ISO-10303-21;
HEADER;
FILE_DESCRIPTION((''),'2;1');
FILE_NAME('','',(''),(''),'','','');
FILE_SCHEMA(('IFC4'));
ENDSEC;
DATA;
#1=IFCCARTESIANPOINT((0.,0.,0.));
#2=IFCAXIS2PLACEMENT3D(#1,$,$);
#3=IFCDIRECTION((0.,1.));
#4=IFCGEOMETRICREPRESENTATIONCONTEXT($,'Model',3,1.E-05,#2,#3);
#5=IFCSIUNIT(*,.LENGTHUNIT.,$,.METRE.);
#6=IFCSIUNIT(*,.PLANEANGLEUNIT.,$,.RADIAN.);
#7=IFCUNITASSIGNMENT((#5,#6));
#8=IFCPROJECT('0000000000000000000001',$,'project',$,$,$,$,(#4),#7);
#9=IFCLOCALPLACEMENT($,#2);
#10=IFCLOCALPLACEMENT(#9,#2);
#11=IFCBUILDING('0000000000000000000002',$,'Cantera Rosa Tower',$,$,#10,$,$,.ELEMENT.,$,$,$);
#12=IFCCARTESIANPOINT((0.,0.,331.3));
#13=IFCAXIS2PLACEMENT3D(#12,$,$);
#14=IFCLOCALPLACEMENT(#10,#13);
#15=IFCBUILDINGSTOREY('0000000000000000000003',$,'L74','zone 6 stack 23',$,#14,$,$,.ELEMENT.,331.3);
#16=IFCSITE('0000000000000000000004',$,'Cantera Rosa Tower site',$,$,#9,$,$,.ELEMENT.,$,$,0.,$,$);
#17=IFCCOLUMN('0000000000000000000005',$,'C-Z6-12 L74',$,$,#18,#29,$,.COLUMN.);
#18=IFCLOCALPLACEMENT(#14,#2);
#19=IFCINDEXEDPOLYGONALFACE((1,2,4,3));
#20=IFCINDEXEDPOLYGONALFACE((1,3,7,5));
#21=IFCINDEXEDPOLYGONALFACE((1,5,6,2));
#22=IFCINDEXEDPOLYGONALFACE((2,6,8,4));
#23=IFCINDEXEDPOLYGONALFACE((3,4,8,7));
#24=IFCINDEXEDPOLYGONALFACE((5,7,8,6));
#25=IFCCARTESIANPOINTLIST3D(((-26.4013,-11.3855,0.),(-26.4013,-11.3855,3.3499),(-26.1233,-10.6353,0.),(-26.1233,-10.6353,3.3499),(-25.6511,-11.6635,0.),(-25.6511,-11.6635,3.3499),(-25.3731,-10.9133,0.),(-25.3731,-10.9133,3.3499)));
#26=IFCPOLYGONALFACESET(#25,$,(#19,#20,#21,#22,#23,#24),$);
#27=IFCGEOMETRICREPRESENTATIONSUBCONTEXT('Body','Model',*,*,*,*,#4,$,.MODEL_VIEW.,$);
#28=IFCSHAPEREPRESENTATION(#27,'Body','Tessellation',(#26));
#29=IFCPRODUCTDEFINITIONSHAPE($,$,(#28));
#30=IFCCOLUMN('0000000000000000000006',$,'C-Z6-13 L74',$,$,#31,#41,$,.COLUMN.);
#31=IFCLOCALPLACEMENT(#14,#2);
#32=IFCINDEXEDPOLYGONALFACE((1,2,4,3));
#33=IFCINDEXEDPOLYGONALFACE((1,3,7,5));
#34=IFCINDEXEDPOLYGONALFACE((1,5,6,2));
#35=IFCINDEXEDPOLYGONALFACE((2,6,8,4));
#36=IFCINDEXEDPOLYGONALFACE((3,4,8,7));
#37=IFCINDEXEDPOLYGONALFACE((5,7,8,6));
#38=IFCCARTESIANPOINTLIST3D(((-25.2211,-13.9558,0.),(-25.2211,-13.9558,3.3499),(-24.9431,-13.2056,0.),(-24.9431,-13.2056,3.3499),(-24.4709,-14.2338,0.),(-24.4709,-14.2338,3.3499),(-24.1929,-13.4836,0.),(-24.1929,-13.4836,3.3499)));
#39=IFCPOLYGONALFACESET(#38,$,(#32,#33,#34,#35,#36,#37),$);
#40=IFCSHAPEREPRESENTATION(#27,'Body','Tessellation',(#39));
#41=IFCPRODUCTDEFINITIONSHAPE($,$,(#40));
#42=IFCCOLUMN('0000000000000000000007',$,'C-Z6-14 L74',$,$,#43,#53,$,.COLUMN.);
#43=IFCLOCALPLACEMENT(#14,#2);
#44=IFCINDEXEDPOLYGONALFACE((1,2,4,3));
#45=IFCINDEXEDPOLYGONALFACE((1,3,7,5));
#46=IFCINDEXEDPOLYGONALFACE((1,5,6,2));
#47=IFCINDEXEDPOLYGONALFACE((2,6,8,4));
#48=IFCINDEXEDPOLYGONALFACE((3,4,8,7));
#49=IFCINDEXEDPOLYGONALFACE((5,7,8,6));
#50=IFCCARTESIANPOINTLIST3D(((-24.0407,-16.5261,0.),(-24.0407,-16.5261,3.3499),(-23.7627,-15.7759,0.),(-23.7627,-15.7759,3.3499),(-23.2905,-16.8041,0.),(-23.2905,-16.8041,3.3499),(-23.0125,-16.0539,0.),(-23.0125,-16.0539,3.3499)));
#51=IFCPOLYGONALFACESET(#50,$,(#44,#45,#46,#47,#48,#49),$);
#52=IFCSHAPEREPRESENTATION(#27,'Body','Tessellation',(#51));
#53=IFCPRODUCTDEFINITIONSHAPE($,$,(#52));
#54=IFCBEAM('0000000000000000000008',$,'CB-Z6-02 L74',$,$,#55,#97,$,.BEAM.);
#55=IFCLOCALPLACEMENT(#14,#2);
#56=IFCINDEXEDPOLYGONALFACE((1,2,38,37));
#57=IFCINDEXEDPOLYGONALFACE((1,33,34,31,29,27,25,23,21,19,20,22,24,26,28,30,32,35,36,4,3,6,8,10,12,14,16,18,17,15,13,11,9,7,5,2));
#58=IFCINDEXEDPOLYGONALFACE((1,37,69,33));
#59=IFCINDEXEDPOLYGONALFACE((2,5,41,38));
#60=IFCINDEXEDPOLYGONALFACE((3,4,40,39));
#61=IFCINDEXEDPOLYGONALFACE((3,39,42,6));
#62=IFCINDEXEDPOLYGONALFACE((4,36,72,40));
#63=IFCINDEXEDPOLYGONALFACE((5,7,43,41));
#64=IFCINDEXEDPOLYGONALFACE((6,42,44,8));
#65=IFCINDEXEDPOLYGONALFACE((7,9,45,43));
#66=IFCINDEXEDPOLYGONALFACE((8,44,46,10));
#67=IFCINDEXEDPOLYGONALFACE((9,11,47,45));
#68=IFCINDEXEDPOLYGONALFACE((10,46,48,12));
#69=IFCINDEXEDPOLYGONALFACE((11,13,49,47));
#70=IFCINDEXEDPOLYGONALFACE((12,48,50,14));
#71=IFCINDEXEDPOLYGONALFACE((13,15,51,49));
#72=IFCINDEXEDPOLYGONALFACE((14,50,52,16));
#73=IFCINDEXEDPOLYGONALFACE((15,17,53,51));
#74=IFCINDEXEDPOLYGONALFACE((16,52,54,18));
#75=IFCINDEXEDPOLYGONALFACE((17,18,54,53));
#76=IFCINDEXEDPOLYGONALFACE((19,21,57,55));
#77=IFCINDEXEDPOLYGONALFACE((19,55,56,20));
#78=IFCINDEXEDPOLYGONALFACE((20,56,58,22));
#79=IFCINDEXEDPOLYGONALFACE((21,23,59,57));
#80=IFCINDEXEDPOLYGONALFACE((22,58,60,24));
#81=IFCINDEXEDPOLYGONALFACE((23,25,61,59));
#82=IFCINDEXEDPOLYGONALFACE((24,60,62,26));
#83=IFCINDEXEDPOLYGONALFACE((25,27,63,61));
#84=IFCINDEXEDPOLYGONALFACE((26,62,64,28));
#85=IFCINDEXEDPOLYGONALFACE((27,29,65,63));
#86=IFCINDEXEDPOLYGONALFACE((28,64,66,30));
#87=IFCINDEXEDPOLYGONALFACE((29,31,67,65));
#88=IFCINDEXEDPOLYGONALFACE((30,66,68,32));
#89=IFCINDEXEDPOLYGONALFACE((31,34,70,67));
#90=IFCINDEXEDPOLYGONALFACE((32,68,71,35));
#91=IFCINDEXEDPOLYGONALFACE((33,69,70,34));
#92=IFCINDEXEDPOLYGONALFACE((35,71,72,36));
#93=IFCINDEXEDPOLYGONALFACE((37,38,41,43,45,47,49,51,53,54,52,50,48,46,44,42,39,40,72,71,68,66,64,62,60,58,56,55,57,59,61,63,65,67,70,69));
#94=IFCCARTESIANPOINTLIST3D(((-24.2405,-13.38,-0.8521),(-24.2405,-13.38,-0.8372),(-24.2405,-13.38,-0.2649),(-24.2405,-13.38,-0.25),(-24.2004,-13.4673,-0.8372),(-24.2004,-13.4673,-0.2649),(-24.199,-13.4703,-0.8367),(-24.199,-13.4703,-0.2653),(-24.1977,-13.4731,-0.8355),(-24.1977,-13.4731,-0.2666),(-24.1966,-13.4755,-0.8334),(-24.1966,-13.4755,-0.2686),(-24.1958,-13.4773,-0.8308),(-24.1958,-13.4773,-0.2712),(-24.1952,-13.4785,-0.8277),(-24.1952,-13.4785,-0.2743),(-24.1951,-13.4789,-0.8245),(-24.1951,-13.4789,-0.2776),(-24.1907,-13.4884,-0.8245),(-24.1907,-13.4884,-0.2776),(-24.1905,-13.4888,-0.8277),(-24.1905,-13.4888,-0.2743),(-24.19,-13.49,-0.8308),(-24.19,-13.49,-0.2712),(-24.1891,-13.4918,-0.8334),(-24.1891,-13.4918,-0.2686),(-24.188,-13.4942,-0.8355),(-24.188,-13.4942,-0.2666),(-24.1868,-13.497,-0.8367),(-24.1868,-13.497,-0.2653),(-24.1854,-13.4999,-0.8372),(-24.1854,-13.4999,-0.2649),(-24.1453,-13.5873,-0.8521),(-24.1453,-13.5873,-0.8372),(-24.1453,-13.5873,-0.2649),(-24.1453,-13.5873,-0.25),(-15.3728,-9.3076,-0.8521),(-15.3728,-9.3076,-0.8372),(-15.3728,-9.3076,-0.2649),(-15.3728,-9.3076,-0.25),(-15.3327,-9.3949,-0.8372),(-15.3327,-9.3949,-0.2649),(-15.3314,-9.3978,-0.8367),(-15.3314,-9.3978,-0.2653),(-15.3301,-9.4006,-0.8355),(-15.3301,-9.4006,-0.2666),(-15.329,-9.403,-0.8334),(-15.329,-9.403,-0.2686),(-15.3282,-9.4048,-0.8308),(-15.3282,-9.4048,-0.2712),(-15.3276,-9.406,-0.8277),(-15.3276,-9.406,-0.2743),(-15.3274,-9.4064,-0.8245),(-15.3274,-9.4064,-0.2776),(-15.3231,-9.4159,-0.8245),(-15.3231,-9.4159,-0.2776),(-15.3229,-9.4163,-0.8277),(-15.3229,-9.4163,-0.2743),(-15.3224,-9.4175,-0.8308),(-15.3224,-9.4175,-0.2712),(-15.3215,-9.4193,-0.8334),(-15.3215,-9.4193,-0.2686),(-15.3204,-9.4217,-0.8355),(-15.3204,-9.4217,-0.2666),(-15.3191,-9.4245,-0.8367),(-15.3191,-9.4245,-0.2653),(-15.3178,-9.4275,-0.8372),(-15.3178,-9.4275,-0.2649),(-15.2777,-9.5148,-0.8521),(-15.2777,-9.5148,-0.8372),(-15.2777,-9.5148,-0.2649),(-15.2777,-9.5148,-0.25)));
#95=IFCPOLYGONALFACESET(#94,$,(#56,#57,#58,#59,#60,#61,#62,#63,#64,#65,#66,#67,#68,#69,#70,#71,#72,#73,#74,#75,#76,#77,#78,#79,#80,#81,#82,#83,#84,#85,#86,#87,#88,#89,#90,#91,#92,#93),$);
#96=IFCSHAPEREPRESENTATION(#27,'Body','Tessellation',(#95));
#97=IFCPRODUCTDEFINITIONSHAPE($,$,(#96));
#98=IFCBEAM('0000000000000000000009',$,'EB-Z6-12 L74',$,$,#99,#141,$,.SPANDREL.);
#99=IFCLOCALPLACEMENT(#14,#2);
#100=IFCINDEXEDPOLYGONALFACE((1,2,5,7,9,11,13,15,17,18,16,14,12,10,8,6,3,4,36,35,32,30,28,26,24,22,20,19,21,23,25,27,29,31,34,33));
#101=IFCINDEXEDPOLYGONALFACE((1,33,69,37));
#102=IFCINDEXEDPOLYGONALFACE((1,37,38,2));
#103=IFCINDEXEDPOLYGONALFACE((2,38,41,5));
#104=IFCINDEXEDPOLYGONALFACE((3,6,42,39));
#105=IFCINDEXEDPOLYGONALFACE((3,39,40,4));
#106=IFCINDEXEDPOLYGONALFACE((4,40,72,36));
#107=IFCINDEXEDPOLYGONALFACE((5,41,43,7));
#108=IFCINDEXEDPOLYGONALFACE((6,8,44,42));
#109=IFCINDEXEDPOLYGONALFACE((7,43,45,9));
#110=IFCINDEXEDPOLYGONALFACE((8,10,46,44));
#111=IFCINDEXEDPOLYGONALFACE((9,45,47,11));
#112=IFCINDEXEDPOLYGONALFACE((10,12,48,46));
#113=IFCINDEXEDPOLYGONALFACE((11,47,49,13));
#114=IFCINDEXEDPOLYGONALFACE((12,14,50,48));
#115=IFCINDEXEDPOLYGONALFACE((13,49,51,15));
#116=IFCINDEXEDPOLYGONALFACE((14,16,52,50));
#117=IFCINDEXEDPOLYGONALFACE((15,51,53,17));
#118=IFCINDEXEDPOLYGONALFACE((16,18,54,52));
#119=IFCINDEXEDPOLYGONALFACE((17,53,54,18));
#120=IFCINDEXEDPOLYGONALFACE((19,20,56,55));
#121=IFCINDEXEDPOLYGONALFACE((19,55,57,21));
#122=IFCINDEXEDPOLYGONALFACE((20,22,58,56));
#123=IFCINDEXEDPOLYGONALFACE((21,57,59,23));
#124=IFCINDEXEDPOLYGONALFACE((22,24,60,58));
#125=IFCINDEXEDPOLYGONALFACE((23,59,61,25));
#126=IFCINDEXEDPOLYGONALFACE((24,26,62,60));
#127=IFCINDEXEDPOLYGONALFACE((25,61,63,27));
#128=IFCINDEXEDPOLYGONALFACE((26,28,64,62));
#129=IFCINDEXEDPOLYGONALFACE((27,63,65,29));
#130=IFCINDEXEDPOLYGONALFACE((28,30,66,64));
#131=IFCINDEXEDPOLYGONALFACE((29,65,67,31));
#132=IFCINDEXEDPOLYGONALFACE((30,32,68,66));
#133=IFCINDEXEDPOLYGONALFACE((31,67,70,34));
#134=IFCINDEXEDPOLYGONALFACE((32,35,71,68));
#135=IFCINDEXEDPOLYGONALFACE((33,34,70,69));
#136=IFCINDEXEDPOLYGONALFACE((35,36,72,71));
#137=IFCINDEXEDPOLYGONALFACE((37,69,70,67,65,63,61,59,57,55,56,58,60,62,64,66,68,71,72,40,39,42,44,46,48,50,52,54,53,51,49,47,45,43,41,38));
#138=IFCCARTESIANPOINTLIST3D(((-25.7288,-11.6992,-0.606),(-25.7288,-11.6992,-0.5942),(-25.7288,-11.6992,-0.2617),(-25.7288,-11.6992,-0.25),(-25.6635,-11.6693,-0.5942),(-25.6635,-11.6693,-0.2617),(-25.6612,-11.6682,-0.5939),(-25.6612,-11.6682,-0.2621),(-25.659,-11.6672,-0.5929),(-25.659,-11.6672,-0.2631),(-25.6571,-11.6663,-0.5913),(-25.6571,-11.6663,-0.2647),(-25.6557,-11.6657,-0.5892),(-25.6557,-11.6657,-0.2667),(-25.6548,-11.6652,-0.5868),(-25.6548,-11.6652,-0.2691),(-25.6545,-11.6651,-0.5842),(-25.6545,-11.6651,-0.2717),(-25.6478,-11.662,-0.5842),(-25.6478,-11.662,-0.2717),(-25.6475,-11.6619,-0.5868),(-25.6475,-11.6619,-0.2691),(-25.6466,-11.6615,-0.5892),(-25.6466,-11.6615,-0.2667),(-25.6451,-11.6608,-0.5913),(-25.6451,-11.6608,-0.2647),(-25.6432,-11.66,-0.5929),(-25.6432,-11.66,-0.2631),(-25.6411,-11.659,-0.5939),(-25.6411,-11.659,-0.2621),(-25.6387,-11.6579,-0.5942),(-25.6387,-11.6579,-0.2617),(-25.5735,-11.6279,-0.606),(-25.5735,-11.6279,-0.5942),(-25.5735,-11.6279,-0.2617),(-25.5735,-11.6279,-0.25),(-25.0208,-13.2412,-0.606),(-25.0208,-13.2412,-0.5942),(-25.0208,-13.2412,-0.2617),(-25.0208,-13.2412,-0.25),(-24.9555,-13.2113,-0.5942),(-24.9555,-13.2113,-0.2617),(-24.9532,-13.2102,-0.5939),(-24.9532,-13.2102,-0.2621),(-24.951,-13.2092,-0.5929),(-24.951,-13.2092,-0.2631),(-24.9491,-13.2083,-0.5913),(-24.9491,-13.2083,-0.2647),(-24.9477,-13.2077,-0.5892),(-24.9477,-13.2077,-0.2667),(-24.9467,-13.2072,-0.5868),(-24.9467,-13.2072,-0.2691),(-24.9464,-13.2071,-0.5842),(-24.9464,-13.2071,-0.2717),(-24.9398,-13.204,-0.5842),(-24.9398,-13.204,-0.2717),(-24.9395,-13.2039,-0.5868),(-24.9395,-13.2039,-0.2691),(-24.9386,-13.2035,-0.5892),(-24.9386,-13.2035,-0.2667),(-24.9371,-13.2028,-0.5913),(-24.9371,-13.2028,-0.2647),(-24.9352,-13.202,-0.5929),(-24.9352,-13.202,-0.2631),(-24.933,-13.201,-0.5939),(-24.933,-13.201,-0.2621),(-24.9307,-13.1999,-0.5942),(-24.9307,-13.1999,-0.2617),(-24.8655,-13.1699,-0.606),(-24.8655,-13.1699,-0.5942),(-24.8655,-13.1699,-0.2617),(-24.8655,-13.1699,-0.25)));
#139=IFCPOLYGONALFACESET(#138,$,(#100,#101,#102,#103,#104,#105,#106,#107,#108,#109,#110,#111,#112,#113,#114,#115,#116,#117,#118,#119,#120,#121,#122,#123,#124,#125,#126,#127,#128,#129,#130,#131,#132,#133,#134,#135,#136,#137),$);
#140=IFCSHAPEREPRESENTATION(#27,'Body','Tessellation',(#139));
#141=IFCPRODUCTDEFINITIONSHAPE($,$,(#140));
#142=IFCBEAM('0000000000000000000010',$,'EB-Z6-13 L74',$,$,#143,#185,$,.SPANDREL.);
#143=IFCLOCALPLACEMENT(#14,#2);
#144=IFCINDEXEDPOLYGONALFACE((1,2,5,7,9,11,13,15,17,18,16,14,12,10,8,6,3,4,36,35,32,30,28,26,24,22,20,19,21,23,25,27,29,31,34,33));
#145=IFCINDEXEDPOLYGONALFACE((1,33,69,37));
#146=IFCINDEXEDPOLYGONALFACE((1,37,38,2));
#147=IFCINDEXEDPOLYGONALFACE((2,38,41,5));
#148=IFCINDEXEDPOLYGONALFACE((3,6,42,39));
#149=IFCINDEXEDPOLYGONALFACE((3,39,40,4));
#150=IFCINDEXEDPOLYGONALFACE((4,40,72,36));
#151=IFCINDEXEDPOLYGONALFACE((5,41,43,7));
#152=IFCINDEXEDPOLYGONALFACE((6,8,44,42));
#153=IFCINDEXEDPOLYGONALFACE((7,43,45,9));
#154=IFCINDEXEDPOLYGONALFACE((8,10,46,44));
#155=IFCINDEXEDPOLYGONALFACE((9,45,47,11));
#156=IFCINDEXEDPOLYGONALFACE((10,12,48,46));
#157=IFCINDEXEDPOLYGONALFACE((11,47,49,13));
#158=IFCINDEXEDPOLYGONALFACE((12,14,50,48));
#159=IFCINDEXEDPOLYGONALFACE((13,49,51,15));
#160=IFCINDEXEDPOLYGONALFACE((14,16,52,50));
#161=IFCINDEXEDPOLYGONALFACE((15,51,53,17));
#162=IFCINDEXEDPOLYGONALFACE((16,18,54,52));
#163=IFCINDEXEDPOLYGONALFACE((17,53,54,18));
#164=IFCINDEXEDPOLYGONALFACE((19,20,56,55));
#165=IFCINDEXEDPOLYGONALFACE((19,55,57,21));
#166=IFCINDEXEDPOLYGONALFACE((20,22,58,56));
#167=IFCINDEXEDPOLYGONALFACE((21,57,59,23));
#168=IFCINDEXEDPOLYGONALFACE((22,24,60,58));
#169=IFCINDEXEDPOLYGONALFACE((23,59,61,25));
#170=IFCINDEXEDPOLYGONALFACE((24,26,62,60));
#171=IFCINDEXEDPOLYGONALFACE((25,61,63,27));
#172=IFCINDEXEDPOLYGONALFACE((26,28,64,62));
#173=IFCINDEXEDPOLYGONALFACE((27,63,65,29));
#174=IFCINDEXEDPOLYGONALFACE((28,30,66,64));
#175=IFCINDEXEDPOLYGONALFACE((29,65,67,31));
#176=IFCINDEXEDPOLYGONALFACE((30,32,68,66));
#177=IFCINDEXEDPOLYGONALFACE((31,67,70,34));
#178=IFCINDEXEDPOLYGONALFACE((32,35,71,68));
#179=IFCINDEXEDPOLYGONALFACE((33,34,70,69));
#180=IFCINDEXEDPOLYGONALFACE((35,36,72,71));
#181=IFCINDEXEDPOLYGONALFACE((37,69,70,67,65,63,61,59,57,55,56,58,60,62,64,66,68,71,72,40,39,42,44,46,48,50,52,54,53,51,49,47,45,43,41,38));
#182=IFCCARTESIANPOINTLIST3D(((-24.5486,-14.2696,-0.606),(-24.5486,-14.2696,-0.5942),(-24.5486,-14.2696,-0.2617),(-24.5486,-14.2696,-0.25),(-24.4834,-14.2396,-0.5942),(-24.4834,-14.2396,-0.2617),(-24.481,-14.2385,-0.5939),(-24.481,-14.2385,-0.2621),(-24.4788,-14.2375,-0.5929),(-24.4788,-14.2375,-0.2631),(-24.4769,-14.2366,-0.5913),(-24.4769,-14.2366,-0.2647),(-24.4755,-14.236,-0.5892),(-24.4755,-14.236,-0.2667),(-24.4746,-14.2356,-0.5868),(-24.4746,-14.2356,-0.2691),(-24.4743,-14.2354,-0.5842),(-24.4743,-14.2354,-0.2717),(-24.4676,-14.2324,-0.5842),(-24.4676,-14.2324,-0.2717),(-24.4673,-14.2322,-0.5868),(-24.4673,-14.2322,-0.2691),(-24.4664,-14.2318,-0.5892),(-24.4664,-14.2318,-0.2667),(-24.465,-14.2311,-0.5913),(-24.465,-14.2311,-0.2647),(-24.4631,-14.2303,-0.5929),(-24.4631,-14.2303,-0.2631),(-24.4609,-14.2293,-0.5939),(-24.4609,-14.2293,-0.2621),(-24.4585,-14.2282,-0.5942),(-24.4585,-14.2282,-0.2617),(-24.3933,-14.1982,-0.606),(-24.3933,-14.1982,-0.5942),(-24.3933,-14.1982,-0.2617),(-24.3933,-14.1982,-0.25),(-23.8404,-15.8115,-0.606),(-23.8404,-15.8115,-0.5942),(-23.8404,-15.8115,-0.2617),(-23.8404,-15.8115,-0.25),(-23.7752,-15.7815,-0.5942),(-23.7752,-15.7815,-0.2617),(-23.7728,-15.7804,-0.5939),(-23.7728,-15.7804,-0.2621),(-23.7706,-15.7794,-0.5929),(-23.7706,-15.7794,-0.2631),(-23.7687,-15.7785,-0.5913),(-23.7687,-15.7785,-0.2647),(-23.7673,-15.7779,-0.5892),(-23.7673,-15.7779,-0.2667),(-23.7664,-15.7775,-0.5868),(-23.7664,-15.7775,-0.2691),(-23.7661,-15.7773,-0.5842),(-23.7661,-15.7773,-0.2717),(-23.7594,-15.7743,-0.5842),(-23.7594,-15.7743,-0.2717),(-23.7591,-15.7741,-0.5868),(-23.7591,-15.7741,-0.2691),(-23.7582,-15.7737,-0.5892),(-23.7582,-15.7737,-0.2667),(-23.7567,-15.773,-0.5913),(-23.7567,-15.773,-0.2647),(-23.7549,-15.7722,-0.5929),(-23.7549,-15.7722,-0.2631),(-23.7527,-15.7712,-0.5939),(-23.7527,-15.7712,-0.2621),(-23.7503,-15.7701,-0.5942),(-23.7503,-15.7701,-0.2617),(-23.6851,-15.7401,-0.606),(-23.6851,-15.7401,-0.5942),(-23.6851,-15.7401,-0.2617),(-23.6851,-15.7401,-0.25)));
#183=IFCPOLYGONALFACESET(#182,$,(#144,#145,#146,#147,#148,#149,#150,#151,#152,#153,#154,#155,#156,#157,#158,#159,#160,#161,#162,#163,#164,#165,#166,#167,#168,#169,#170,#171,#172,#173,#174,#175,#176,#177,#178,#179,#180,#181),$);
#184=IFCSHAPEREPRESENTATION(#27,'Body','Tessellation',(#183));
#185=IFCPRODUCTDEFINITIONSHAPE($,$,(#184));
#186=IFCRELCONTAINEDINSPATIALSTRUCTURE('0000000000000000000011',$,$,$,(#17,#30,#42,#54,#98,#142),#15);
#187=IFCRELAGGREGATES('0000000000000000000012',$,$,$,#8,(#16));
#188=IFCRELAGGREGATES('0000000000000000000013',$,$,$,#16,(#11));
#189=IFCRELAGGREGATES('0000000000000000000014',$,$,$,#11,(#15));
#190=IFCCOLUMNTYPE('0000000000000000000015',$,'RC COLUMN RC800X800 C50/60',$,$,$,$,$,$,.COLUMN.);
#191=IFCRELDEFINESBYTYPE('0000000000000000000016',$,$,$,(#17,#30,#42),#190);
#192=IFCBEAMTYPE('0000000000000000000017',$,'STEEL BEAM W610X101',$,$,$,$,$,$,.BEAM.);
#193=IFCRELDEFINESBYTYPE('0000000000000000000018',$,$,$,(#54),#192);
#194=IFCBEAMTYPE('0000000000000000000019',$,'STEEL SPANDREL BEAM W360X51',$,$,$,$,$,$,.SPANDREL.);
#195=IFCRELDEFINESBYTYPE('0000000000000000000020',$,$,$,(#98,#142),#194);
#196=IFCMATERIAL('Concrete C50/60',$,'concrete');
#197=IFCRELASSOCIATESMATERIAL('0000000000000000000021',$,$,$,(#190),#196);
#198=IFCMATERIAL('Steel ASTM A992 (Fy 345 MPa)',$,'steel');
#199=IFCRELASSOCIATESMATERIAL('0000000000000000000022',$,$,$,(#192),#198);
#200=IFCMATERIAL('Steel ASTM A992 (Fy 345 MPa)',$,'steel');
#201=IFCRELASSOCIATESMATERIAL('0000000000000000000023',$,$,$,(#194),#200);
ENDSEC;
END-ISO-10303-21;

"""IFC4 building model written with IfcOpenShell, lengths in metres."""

from ifc_helpers import new_model, si_unit, direction, frame, origin, origin_2d, place, context, subcontext, project, spatial, rectangle, i_section, extrude, material, material_profile, profile_set, type_object, element, save


model = new_model("IFC4")

# Units and contexts
model_context = context("Model", 3, precision=1e-05, world=origin(), true_north=direction((0.0, 1.0)))
body_context = subcontext(model_context, "Body", "Model", "MODEL_VIEW")
ifc_project = project(units=[si_unit("LENGTHUNIT", "METRE"), si_unit("PLANEANGLEUNIT", "RADIAN")], contexts=[model_context])

# Site, building, storey
site_placement = place(None, origin())
site = spatial("IfcSite", under=ifc_project, at=site_placement, Name="Cantera Rosa Tower site", CompositionType="ELEMENT", RefElevation=0.0)
building_placement = place(site_placement, origin())
building = spatial("IfcBuilding", under=site, at=building_placement, Name="Cantera Rosa Tower", CompositionType="ELEMENT")
storey_placement = place(building_placement, frame((0.0, 0.0, 331.3)))
storey = spatial("IfcBuildingStorey", under=building, at=storey_placement, Name="L74", Description="zone 6 stack 23", CompositionType="ELEMENT", Elevation=331.3)

# Columns
ifc_material_1 = material(Name="Concrete C50/60", Category="concrete")
ifc_material_profile_1 = material_profile(ifc_material_1, rectangle(XDim=0.8, YDim=0.8, at=origin_2d()), Name="RC COLUMN RC800X800 C50/60")
ifc_profile_set_1 = profile_set([ifc_material_profile_1], Name="Concrete C50/60")
column_type = type_object("IfcColumnType", Name="RC COLUMN RC800X800 C50/60", PredefinedType="COLUMN", material=ifc_profile_set_1)
for number, where, z_axis, x_axis, name in (
    (1, (-25.8872, -11.1494, 0.0), (0.0, 0.0, 1.0), (0.347481, 0.937687, 0.0), "C-Z6-12 L74"),
    (2, (-24.707, -13.7197, 0.0), (0.0, 0.0, 1.0), (0.347481, 0.937687, 0.0), "C-Z6-13 L74"),
    (3, (-23.5266, -16.29, 0.0), (0.0, 0.0, 1.0), (0.347481, 0.937687, 0.0), "C-Z6-14 L74"),
):
    element("IfcColumn", number, at=place(storey_placement, frame(where, z_axis=z_axis, x_axis=x_axis)), inside=storey, type_object=column_type, Name=name, PredefinedType="COLUMN", context=body_context, shape_type="SweptSolid", body=[
        extrude(rectangle(XDim=0.8, YDim=0.8, at=origin_2d()), origin(), (0.0, 0.0, 1.0), 3.3499),
    ])

# Beams
ifc_material_2 = material(Name="Steel ASTM A992 (Fy 345 MPa)", Category="steel")
ifc_material_profile_2 = material_profile(ifc_material_2, i_section(OverallWidth=0.228, OverallDepth=0.6021, WebThickness=0.0105, FlangeThickness=0.0149, FilletRadius=0.0127, at=origin_2d()), Name="W610X101")
ifc_profile_set_2 = profile_set([ifc_material_profile_2], Name="Steel ASTM A992 (Fy 345 MPa)")
beam_type_1 = type_object("IfcBeamType", Name="STEEL BEAM W610X101", PredefinedType="BEAM", material=ifc_profile_set_2)
beam_1_placement = place(storey_placement, frame((-24.1929, -13.4836, -0.551), z_axis=(0.908748, 0.417346, 0.0), x_axis=(-0.417346, 0.908748, 0.0)))
element("IfcBeam", 4, at=beam_1_placement, inside=storey, type_object=beam_type_1, Name="CB-Z6-02 L74", PredefinedType="BEAM", context=body_context, shape_type="SweptSolid", body=[
    extrude(i_section(OverallWidth=0.228, OverallDepth=0.6021, WebThickness=0.0105, FlangeThickness=0.0149, FilletRadius=0.0127, at=origin_2d()), origin(), (0.0, 0.0, 1.0), 9.7581),
])
ifc_material_3 = material(Name="Steel ASTM A992 (Fy 345 MPa)", Category="steel")
ifc_material_profile_3 = material_profile(ifc_material_3, i_section(OverallWidth=0.1709, OverallDepth=0.356, WebThickness=0.0073, FlangeThickness=0.0117, FilletRadius=0.01, at=origin_2d()), Name="W360X51")
ifc_profile_set_3 = profile_set([ifc_material_profile_3], Name="Steel ASTM A992 (Fy 345 MPa)")
beam_type_2 = type_object("IfcBeamType", Name="STEEL SPANDREL BEAM W360X51", PredefinedType="SPANDREL", material=ifc_profile_set_3)
for number, where, z_axis, x_axis, name in (
    (5, (-25.6511, -11.6636, -0.428), (0.417269, -0.908783, 0.0), (0.908783, 0.417269, 0.0), "EB-Z6-12 L74"),
    (6, (-24.4709, -14.2339, -0.428), (0.417388, -0.908728, 0.0), (0.908728, 0.417388, 0.0), "EB-Z6-13 L74"),
):
    element("IfcBeam", number, at=place(storey_placement, frame(where, z_axis=z_axis, x_axis=x_axis)), inside=storey, type_object=beam_type_2, Name=name, PredefinedType="SPANDREL", context=body_context, shape_type="SweptSolid", body=[
        extrude(i_section(OverallWidth=0.1709, OverallDepth=0.356, WebThickness=0.0073, FlangeThickness=0.0117, FilletRadius=0.01, at=origin_2d()), origin(), (0.0, 0.0, 1.0), 1.6968),
    ])

save(model, "model.ifc")
